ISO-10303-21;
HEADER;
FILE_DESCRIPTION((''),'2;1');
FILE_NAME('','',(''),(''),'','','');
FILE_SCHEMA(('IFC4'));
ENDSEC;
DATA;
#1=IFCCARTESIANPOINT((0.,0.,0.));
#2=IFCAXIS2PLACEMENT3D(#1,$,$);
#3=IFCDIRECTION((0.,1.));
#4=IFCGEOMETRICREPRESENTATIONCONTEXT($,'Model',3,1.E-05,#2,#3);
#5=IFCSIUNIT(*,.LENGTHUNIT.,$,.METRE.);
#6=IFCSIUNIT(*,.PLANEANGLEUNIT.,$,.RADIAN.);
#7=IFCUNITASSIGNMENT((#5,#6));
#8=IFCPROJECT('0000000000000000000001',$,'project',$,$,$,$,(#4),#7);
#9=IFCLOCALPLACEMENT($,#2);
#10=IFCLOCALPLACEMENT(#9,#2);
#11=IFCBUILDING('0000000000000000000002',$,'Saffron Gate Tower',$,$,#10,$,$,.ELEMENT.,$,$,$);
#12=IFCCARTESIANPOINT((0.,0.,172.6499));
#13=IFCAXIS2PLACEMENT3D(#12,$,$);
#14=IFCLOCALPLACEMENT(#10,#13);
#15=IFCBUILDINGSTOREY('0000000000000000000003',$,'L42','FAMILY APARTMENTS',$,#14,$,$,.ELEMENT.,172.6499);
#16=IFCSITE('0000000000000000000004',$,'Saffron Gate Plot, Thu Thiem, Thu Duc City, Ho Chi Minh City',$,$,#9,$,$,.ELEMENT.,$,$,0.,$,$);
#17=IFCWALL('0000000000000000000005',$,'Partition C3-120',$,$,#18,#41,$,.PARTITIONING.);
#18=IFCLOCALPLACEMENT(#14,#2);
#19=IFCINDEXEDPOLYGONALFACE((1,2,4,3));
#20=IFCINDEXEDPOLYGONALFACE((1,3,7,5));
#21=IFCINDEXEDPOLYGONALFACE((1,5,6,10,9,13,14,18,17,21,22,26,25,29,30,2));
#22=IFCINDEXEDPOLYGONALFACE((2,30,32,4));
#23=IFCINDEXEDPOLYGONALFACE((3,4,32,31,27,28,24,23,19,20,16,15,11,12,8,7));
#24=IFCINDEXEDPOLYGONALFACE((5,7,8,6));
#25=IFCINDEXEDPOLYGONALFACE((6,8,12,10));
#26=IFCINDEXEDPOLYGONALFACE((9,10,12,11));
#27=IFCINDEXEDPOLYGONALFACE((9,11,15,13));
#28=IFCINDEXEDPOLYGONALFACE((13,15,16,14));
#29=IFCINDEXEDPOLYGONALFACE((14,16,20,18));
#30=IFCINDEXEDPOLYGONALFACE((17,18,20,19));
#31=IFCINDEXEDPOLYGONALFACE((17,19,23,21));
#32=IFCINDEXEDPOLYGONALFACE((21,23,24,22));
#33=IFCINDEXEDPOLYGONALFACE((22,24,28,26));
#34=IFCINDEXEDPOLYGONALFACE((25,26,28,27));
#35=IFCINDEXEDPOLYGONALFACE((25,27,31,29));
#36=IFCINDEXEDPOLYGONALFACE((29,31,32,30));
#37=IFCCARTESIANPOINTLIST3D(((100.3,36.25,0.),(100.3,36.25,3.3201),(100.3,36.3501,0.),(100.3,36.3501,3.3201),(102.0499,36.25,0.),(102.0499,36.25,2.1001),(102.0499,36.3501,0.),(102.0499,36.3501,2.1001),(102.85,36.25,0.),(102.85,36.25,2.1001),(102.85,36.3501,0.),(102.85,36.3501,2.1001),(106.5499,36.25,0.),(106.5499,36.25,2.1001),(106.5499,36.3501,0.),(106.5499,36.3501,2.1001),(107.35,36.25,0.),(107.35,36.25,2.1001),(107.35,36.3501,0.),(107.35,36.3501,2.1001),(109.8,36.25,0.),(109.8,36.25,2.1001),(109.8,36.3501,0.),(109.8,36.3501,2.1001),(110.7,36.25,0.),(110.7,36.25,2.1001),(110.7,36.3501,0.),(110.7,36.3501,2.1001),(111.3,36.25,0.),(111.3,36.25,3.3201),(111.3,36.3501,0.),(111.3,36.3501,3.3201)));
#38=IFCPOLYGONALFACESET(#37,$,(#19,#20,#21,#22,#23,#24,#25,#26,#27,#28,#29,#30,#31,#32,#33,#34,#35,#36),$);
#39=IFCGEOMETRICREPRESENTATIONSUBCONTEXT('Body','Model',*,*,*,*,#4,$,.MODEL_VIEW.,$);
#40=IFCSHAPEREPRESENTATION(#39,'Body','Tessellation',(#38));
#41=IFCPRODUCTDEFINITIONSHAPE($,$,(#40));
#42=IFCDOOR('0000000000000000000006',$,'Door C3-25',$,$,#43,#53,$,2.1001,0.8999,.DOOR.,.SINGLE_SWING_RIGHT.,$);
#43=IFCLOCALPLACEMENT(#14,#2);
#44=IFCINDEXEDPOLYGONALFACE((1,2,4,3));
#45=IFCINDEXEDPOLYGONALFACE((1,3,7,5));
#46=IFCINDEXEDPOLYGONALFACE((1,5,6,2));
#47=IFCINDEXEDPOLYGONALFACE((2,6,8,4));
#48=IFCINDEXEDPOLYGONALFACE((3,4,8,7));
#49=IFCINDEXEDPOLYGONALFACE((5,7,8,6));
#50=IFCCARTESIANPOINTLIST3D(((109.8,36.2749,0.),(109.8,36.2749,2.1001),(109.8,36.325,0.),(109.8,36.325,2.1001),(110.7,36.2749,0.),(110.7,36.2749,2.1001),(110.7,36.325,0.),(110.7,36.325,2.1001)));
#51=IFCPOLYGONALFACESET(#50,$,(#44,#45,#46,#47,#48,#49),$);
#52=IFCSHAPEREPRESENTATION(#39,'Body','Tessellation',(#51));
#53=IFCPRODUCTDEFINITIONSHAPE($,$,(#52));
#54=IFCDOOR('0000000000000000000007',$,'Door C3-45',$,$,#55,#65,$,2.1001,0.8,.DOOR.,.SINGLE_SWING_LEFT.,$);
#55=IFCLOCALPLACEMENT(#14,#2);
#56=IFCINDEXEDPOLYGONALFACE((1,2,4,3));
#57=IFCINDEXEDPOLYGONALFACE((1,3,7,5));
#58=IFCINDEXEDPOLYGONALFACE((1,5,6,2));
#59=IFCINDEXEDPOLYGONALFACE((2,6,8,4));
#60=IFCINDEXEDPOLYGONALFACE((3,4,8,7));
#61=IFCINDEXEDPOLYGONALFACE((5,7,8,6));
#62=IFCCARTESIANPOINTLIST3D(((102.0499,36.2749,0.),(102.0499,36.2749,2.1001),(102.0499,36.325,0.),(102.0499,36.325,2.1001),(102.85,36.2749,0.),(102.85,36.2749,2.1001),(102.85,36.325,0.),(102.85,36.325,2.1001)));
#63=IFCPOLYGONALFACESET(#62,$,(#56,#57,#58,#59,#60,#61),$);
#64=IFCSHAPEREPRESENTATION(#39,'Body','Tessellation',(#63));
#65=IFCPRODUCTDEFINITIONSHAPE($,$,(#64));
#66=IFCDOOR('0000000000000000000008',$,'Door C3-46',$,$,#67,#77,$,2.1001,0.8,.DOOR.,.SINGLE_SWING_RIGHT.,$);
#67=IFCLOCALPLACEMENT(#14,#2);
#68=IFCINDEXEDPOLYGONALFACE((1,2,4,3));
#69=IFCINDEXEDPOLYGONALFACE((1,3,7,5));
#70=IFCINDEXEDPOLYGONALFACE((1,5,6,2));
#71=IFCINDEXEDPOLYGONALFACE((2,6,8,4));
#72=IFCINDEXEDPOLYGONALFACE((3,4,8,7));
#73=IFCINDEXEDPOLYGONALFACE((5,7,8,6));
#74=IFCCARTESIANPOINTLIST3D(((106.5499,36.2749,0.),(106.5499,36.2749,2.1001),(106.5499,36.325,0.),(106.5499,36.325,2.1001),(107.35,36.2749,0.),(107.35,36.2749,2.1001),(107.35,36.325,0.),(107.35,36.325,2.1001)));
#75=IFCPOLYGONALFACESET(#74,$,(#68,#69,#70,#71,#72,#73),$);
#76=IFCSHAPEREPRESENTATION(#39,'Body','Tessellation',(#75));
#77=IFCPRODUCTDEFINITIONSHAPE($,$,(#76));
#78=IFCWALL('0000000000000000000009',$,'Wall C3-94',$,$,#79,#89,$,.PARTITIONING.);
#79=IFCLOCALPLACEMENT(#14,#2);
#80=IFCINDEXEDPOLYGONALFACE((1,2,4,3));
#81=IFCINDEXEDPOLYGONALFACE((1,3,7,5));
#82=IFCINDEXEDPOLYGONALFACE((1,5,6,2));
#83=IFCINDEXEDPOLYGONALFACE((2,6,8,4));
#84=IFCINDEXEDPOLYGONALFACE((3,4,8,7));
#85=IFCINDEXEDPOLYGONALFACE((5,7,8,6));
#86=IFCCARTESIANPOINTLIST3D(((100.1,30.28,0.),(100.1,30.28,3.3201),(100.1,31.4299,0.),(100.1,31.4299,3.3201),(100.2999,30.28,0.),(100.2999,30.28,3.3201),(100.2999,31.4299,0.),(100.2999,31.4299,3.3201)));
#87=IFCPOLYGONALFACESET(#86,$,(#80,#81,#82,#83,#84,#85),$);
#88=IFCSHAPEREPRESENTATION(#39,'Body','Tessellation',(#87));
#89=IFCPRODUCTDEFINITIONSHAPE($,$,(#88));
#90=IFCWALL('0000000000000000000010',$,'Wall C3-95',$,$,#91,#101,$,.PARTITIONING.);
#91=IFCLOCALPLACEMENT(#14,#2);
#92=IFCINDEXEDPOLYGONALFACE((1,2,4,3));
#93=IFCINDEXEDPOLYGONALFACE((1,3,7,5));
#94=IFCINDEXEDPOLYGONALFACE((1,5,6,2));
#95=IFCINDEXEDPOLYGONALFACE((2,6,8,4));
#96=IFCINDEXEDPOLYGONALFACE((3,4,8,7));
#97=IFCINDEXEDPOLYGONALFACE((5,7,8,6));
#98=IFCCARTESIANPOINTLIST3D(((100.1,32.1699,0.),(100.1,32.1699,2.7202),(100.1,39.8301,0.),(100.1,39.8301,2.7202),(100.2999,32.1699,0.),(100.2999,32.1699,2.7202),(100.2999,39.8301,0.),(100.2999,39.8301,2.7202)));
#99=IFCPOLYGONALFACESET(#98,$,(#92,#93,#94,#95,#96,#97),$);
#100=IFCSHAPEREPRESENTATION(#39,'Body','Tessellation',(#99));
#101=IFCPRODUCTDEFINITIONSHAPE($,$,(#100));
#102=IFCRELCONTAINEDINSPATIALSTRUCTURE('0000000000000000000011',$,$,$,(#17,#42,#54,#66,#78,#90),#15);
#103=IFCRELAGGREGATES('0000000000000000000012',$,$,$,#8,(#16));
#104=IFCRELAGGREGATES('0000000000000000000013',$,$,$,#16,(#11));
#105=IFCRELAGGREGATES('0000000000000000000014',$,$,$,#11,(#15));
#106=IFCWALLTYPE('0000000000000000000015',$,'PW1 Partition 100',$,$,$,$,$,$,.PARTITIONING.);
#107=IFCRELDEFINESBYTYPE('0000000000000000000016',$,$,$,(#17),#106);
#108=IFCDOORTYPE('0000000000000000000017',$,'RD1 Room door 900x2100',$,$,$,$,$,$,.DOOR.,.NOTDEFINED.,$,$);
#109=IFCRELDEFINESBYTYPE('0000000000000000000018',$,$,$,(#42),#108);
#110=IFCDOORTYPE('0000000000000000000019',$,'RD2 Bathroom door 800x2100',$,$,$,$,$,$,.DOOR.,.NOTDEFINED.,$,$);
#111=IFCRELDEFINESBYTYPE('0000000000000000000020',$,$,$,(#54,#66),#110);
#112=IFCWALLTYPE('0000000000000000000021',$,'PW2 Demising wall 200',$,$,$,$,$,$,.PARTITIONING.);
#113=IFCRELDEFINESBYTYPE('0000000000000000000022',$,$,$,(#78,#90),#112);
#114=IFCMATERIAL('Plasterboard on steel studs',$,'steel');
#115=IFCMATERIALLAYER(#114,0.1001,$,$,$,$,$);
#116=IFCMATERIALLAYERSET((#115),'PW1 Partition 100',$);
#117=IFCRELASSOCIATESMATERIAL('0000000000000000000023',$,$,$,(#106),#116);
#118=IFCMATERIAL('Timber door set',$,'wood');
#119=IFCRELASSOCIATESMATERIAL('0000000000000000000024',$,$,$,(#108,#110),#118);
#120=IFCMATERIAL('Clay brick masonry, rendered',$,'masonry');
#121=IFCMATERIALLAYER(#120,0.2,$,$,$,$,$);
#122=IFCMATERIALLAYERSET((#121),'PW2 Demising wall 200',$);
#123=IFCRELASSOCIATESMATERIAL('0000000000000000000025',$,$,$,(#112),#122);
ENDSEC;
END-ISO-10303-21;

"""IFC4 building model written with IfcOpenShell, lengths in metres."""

from ifc_helpers import new_model, si_unit, direction, frame, frame_2d, origin, place, context, subcontext, project, spatial, rectangle, extrude, material, layer, layer_set, type_object, element, fill, save


model = new_model("IFC4")

# Units and contexts
model_context = context("Model", 3, precision=1e-05, world=origin(), true_north=direction((0.0, 1.0)))
body_context = subcontext(model_context, "Body", "Model", "MODEL_VIEW")
ifc_project = project(units=[si_unit("LENGTHUNIT", "METRE"), si_unit("PLANEANGLEUNIT", "RADIAN")], contexts=[model_context])

# Site, building, storey
site_placement = place(None, origin())
site = spatial("IfcSite", under=ifc_project, at=site_placement, Name="Saffron Gate Plot, Thu Thiem, Thu Duc City, Ho Chi Minh City", CompositionType="ELEMENT", RefElevation=0.0)
building_placement = place(site_placement, origin())
building = spatial("IfcBuilding", under=site, at=building_placement, Name="Saffron Gate Tower", CompositionType="ELEMENT")
storey_placement = place(building_placement, frame((0.0, 0.0, 172.6499)))
storey = spatial("IfcBuildingStorey", under=building, at=storey_placement, Name="L42", Description="FAMILY APARTMENTS", CompositionType="ELEMENT", Elevation=172.6499)

# Shared definitions
ifc_material_1 = material(Name="Plasterboard on steel studs", Category="steel")
ifc_layer_1 = layer(ifc_material_1, 0.1001)
ifc_layer_set_1 = layer_set([ifc_layer_1], Name="PW1 Partition 100")
wall_type_1 = type_object("IfcWallType", Name="PW1 Partition 100", PredefinedType="PARTITIONING", material=ifc_layer_set_1)

# Shared definitions
ifc_material_2 = material(Name="Timber door set", Category="wood")
door_type_1 = type_object("IfcDoorType", Name="RD1 Room door 900x2100", OperationType="NOTDEFINED", PredefinedType="DOOR", material=ifc_material_2)

# Wall, openings, doors
wall_1_placement = place(storey_placement, frame((100.3, 36.3, 0.0), z_axis=(0.0, 0.0, 1.0), x_axis=(1.0, 0.0, 0.0)))
wall_1 = element("IfcWall", 1, at=wall_1_placement, inside=storey, type_object=wall_type_1, Name="Partition C3-120", PredefinedType="PARTITIONING", context=body_context, shape_type="SweptSolid", body=[
    extrude(rectangle(XDim=11.0, YDim=0.1001, at=frame_2d((5.5, 0.0))), origin(), (0.0, 0.0, 1.0), 3.3201),
])
opening_1_placement = place(wall_1_placement, frame((1.75, 0.0, 0.0)))
opening_1 = element("IfcOpeningElement", 2, at=opening_1_placement, cuts=wall_1, PredefinedType="OPENING", context=body_context, shape_type="SweptSolid", body=[
    extrude(rectangle(XDim=0.8, YDim=2.1001, at=frame_2d((0.3999, 1.05))), frame((0.0, 0.0601, 0.0), z_axis=(0.0, -1.0, 0.0), x_axis=(1.0, 0.0, 0.0)), (0.0, 0.0, 1.0), 0.1201),
])
opening_2_placement = place(wall_1_placement, frame((6.25, 0.0, 0.0)))
opening_2 = element("IfcOpeningElement", 3, at=opening_2_placement, cuts=wall_1, PredefinedType="OPENING", context=body_context, shape_type="SweptSolid", body=[
    extrude(rectangle(XDim=0.8, YDim=2.1001, at=frame_2d((0.3999, 1.05))), frame((0.0, 0.0601, 0.0), z_axis=(0.0, -1.0, 0.0), x_axis=(1.0, 0.0, 0.0)), (0.0, 0.0, 1.0), 0.1201),
])
opening_3_placement = place(wall_1_placement, frame((9.5, 0.0, 0.0)))
opening_3 = element("IfcOpeningElement", 4, at=opening_3_placement, cuts=wall_1, PredefinedType="OPENING", context=body_context, shape_type="SweptSolid", body=[
    extrude(rectangle(XDim=0.8999, YDim=2.1001, at=frame_2d((0.45, 1.05))), frame((0.0, 0.0601, 0.0), z_axis=(0.0, -1.0, 0.0), x_axis=(1.0, 0.0, 0.0)), (0.0, 0.0, 1.0), 0.1201),
])
door_1_placement = place(opening_3_placement, origin())
door_1 = element("IfcDoor", 5, at=door_1_placement, inside=storey, type_object=door_type_1, Name="Door C3-25", OperationType="SINGLE_SWING_RIGHT", OverallHeight=2.1001, OverallWidth=0.8999, PredefinedType="DOOR", context=body_context, shape_type="SweptSolid", body=[
    extrude(rectangle(XDim=0.8999, YDim=2.1001, at=frame_2d((0.45, 1.05))), frame((0.0, 0.0249, 0.0), z_axis=(0.0, -1.0, 0.0), x_axis=(1.0, 0.0, 0.0)), (0.0, 0.0, 1.0), 0.05),
])
fill(opening_3, door_1)
door_type_2 = type_object("IfcDoorType", Name="RD2 Bathroom door 800x2100", OperationType="NOTDEFINED", PredefinedType="DOOR", material=ifc_material_2)
door_2_placement = place(opening_1_placement, origin())
door_2 = element("IfcDoor", 6, at=door_2_placement, inside=storey, type_object=door_type_2, Name="Door C3-45", OperationType="SINGLE_SWING_LEFT", OverallHeight=2.1001, OverallWidth=0.8, PredefinedType="DOOR", context=body_context, shape_type="SweptSolid", body=[
    extrude(rectangle(XDim=0.8, YDim=2.1001, at=frame_2d((0.3999, 1.05))), frame((0.0, 0.0249, 0.0), z_axis=(0.0, -1.0, 0.0), x_axis=(1.0, 0.0, 0.0)), (0.0, 0.0, 1.0), 0.05),
])
fill(opening_1, door_2)
door_3_placement = place(opening_2_placement, origin())
door_3 = element("IfcDoor", 7, at=door_3_placement, inside=storey, type_object=door_type_2, Name="Door C3-46", OperationType="SINGLE_SWING_RIGHT", OverallHeight=2.1001, OverallWidth=0.8, PredefinedType="DOOR", context=body_context, shape_type="SweptSolid", body=[
    extrude(rectangle(XDim=0.8, YDim=2.1001, at=frame_2d((0.3999, 1.05))), frame((0.0, 0.0249, 0.0), z_axis=(0.0, -1.0, 0.0), x_axis=(1.0, 0.0, 0.0)), (0.0, 0.0, 1.0), 0.05),
])
fill(opening_2, door_3)

# Walls
ifc_material_3 = material(Name="Clay brick masonry, rendered", Category="masonry")
ifc_layer_2 = layer(ifc_material_3, 0.2)
ifc_layer_set_2 = layer_set([ifc_layer_2], Name="PW2 Demising wall 200")
wall_type_2 = type_object("IfcWallType", Name="PW2 Demising wall 200", PredefinedType="PARTITIONING", material=ifc_layer_set_2)
wall_2_placement = place(storey_placement, frame((100.2, 31.4299, 0.0), z_axis=(0.0, 0.0, 1.0), x_axis=(0.0, -1.0, 0.0)))
element("IfcWall", 8, at=wall_2_placement, inside=storey, type_object=wall_type_2, Name="Wall C3-94", PredefinedType="PARTITIONING", context=body_context, shape_type="SweptSolid", body=[
    extrude(rectangle(XDim=1.1499, YDim=0.2, at=frame_2d((0.575, 0.0))), origin(), (0.0, 0.0, 1.0), 3.3201),
])
wall_3_placement = place(storey_placement, frame((100.2, 39.8301, 0.0), z_axis=(0.0, 0.0, 1.0), x_axis=(0.0, -1.0, 0.0)))
element("IfcWall", 9, at=wall_3_placement, inside=storey, type_object=wall_type_2, Name="Wall C3-95", PredefinedType="PARTITIONING", context=body_context, shape_type="SweptSolid", body=[
    extrude(rectangle(XDim=7.6602, YDim=0.2, at=frame_2d((3.8301, 0.0))), origin(), (0.0, 0.0, 1.0), 2.7202),
])

save(model, "model.ifc")
